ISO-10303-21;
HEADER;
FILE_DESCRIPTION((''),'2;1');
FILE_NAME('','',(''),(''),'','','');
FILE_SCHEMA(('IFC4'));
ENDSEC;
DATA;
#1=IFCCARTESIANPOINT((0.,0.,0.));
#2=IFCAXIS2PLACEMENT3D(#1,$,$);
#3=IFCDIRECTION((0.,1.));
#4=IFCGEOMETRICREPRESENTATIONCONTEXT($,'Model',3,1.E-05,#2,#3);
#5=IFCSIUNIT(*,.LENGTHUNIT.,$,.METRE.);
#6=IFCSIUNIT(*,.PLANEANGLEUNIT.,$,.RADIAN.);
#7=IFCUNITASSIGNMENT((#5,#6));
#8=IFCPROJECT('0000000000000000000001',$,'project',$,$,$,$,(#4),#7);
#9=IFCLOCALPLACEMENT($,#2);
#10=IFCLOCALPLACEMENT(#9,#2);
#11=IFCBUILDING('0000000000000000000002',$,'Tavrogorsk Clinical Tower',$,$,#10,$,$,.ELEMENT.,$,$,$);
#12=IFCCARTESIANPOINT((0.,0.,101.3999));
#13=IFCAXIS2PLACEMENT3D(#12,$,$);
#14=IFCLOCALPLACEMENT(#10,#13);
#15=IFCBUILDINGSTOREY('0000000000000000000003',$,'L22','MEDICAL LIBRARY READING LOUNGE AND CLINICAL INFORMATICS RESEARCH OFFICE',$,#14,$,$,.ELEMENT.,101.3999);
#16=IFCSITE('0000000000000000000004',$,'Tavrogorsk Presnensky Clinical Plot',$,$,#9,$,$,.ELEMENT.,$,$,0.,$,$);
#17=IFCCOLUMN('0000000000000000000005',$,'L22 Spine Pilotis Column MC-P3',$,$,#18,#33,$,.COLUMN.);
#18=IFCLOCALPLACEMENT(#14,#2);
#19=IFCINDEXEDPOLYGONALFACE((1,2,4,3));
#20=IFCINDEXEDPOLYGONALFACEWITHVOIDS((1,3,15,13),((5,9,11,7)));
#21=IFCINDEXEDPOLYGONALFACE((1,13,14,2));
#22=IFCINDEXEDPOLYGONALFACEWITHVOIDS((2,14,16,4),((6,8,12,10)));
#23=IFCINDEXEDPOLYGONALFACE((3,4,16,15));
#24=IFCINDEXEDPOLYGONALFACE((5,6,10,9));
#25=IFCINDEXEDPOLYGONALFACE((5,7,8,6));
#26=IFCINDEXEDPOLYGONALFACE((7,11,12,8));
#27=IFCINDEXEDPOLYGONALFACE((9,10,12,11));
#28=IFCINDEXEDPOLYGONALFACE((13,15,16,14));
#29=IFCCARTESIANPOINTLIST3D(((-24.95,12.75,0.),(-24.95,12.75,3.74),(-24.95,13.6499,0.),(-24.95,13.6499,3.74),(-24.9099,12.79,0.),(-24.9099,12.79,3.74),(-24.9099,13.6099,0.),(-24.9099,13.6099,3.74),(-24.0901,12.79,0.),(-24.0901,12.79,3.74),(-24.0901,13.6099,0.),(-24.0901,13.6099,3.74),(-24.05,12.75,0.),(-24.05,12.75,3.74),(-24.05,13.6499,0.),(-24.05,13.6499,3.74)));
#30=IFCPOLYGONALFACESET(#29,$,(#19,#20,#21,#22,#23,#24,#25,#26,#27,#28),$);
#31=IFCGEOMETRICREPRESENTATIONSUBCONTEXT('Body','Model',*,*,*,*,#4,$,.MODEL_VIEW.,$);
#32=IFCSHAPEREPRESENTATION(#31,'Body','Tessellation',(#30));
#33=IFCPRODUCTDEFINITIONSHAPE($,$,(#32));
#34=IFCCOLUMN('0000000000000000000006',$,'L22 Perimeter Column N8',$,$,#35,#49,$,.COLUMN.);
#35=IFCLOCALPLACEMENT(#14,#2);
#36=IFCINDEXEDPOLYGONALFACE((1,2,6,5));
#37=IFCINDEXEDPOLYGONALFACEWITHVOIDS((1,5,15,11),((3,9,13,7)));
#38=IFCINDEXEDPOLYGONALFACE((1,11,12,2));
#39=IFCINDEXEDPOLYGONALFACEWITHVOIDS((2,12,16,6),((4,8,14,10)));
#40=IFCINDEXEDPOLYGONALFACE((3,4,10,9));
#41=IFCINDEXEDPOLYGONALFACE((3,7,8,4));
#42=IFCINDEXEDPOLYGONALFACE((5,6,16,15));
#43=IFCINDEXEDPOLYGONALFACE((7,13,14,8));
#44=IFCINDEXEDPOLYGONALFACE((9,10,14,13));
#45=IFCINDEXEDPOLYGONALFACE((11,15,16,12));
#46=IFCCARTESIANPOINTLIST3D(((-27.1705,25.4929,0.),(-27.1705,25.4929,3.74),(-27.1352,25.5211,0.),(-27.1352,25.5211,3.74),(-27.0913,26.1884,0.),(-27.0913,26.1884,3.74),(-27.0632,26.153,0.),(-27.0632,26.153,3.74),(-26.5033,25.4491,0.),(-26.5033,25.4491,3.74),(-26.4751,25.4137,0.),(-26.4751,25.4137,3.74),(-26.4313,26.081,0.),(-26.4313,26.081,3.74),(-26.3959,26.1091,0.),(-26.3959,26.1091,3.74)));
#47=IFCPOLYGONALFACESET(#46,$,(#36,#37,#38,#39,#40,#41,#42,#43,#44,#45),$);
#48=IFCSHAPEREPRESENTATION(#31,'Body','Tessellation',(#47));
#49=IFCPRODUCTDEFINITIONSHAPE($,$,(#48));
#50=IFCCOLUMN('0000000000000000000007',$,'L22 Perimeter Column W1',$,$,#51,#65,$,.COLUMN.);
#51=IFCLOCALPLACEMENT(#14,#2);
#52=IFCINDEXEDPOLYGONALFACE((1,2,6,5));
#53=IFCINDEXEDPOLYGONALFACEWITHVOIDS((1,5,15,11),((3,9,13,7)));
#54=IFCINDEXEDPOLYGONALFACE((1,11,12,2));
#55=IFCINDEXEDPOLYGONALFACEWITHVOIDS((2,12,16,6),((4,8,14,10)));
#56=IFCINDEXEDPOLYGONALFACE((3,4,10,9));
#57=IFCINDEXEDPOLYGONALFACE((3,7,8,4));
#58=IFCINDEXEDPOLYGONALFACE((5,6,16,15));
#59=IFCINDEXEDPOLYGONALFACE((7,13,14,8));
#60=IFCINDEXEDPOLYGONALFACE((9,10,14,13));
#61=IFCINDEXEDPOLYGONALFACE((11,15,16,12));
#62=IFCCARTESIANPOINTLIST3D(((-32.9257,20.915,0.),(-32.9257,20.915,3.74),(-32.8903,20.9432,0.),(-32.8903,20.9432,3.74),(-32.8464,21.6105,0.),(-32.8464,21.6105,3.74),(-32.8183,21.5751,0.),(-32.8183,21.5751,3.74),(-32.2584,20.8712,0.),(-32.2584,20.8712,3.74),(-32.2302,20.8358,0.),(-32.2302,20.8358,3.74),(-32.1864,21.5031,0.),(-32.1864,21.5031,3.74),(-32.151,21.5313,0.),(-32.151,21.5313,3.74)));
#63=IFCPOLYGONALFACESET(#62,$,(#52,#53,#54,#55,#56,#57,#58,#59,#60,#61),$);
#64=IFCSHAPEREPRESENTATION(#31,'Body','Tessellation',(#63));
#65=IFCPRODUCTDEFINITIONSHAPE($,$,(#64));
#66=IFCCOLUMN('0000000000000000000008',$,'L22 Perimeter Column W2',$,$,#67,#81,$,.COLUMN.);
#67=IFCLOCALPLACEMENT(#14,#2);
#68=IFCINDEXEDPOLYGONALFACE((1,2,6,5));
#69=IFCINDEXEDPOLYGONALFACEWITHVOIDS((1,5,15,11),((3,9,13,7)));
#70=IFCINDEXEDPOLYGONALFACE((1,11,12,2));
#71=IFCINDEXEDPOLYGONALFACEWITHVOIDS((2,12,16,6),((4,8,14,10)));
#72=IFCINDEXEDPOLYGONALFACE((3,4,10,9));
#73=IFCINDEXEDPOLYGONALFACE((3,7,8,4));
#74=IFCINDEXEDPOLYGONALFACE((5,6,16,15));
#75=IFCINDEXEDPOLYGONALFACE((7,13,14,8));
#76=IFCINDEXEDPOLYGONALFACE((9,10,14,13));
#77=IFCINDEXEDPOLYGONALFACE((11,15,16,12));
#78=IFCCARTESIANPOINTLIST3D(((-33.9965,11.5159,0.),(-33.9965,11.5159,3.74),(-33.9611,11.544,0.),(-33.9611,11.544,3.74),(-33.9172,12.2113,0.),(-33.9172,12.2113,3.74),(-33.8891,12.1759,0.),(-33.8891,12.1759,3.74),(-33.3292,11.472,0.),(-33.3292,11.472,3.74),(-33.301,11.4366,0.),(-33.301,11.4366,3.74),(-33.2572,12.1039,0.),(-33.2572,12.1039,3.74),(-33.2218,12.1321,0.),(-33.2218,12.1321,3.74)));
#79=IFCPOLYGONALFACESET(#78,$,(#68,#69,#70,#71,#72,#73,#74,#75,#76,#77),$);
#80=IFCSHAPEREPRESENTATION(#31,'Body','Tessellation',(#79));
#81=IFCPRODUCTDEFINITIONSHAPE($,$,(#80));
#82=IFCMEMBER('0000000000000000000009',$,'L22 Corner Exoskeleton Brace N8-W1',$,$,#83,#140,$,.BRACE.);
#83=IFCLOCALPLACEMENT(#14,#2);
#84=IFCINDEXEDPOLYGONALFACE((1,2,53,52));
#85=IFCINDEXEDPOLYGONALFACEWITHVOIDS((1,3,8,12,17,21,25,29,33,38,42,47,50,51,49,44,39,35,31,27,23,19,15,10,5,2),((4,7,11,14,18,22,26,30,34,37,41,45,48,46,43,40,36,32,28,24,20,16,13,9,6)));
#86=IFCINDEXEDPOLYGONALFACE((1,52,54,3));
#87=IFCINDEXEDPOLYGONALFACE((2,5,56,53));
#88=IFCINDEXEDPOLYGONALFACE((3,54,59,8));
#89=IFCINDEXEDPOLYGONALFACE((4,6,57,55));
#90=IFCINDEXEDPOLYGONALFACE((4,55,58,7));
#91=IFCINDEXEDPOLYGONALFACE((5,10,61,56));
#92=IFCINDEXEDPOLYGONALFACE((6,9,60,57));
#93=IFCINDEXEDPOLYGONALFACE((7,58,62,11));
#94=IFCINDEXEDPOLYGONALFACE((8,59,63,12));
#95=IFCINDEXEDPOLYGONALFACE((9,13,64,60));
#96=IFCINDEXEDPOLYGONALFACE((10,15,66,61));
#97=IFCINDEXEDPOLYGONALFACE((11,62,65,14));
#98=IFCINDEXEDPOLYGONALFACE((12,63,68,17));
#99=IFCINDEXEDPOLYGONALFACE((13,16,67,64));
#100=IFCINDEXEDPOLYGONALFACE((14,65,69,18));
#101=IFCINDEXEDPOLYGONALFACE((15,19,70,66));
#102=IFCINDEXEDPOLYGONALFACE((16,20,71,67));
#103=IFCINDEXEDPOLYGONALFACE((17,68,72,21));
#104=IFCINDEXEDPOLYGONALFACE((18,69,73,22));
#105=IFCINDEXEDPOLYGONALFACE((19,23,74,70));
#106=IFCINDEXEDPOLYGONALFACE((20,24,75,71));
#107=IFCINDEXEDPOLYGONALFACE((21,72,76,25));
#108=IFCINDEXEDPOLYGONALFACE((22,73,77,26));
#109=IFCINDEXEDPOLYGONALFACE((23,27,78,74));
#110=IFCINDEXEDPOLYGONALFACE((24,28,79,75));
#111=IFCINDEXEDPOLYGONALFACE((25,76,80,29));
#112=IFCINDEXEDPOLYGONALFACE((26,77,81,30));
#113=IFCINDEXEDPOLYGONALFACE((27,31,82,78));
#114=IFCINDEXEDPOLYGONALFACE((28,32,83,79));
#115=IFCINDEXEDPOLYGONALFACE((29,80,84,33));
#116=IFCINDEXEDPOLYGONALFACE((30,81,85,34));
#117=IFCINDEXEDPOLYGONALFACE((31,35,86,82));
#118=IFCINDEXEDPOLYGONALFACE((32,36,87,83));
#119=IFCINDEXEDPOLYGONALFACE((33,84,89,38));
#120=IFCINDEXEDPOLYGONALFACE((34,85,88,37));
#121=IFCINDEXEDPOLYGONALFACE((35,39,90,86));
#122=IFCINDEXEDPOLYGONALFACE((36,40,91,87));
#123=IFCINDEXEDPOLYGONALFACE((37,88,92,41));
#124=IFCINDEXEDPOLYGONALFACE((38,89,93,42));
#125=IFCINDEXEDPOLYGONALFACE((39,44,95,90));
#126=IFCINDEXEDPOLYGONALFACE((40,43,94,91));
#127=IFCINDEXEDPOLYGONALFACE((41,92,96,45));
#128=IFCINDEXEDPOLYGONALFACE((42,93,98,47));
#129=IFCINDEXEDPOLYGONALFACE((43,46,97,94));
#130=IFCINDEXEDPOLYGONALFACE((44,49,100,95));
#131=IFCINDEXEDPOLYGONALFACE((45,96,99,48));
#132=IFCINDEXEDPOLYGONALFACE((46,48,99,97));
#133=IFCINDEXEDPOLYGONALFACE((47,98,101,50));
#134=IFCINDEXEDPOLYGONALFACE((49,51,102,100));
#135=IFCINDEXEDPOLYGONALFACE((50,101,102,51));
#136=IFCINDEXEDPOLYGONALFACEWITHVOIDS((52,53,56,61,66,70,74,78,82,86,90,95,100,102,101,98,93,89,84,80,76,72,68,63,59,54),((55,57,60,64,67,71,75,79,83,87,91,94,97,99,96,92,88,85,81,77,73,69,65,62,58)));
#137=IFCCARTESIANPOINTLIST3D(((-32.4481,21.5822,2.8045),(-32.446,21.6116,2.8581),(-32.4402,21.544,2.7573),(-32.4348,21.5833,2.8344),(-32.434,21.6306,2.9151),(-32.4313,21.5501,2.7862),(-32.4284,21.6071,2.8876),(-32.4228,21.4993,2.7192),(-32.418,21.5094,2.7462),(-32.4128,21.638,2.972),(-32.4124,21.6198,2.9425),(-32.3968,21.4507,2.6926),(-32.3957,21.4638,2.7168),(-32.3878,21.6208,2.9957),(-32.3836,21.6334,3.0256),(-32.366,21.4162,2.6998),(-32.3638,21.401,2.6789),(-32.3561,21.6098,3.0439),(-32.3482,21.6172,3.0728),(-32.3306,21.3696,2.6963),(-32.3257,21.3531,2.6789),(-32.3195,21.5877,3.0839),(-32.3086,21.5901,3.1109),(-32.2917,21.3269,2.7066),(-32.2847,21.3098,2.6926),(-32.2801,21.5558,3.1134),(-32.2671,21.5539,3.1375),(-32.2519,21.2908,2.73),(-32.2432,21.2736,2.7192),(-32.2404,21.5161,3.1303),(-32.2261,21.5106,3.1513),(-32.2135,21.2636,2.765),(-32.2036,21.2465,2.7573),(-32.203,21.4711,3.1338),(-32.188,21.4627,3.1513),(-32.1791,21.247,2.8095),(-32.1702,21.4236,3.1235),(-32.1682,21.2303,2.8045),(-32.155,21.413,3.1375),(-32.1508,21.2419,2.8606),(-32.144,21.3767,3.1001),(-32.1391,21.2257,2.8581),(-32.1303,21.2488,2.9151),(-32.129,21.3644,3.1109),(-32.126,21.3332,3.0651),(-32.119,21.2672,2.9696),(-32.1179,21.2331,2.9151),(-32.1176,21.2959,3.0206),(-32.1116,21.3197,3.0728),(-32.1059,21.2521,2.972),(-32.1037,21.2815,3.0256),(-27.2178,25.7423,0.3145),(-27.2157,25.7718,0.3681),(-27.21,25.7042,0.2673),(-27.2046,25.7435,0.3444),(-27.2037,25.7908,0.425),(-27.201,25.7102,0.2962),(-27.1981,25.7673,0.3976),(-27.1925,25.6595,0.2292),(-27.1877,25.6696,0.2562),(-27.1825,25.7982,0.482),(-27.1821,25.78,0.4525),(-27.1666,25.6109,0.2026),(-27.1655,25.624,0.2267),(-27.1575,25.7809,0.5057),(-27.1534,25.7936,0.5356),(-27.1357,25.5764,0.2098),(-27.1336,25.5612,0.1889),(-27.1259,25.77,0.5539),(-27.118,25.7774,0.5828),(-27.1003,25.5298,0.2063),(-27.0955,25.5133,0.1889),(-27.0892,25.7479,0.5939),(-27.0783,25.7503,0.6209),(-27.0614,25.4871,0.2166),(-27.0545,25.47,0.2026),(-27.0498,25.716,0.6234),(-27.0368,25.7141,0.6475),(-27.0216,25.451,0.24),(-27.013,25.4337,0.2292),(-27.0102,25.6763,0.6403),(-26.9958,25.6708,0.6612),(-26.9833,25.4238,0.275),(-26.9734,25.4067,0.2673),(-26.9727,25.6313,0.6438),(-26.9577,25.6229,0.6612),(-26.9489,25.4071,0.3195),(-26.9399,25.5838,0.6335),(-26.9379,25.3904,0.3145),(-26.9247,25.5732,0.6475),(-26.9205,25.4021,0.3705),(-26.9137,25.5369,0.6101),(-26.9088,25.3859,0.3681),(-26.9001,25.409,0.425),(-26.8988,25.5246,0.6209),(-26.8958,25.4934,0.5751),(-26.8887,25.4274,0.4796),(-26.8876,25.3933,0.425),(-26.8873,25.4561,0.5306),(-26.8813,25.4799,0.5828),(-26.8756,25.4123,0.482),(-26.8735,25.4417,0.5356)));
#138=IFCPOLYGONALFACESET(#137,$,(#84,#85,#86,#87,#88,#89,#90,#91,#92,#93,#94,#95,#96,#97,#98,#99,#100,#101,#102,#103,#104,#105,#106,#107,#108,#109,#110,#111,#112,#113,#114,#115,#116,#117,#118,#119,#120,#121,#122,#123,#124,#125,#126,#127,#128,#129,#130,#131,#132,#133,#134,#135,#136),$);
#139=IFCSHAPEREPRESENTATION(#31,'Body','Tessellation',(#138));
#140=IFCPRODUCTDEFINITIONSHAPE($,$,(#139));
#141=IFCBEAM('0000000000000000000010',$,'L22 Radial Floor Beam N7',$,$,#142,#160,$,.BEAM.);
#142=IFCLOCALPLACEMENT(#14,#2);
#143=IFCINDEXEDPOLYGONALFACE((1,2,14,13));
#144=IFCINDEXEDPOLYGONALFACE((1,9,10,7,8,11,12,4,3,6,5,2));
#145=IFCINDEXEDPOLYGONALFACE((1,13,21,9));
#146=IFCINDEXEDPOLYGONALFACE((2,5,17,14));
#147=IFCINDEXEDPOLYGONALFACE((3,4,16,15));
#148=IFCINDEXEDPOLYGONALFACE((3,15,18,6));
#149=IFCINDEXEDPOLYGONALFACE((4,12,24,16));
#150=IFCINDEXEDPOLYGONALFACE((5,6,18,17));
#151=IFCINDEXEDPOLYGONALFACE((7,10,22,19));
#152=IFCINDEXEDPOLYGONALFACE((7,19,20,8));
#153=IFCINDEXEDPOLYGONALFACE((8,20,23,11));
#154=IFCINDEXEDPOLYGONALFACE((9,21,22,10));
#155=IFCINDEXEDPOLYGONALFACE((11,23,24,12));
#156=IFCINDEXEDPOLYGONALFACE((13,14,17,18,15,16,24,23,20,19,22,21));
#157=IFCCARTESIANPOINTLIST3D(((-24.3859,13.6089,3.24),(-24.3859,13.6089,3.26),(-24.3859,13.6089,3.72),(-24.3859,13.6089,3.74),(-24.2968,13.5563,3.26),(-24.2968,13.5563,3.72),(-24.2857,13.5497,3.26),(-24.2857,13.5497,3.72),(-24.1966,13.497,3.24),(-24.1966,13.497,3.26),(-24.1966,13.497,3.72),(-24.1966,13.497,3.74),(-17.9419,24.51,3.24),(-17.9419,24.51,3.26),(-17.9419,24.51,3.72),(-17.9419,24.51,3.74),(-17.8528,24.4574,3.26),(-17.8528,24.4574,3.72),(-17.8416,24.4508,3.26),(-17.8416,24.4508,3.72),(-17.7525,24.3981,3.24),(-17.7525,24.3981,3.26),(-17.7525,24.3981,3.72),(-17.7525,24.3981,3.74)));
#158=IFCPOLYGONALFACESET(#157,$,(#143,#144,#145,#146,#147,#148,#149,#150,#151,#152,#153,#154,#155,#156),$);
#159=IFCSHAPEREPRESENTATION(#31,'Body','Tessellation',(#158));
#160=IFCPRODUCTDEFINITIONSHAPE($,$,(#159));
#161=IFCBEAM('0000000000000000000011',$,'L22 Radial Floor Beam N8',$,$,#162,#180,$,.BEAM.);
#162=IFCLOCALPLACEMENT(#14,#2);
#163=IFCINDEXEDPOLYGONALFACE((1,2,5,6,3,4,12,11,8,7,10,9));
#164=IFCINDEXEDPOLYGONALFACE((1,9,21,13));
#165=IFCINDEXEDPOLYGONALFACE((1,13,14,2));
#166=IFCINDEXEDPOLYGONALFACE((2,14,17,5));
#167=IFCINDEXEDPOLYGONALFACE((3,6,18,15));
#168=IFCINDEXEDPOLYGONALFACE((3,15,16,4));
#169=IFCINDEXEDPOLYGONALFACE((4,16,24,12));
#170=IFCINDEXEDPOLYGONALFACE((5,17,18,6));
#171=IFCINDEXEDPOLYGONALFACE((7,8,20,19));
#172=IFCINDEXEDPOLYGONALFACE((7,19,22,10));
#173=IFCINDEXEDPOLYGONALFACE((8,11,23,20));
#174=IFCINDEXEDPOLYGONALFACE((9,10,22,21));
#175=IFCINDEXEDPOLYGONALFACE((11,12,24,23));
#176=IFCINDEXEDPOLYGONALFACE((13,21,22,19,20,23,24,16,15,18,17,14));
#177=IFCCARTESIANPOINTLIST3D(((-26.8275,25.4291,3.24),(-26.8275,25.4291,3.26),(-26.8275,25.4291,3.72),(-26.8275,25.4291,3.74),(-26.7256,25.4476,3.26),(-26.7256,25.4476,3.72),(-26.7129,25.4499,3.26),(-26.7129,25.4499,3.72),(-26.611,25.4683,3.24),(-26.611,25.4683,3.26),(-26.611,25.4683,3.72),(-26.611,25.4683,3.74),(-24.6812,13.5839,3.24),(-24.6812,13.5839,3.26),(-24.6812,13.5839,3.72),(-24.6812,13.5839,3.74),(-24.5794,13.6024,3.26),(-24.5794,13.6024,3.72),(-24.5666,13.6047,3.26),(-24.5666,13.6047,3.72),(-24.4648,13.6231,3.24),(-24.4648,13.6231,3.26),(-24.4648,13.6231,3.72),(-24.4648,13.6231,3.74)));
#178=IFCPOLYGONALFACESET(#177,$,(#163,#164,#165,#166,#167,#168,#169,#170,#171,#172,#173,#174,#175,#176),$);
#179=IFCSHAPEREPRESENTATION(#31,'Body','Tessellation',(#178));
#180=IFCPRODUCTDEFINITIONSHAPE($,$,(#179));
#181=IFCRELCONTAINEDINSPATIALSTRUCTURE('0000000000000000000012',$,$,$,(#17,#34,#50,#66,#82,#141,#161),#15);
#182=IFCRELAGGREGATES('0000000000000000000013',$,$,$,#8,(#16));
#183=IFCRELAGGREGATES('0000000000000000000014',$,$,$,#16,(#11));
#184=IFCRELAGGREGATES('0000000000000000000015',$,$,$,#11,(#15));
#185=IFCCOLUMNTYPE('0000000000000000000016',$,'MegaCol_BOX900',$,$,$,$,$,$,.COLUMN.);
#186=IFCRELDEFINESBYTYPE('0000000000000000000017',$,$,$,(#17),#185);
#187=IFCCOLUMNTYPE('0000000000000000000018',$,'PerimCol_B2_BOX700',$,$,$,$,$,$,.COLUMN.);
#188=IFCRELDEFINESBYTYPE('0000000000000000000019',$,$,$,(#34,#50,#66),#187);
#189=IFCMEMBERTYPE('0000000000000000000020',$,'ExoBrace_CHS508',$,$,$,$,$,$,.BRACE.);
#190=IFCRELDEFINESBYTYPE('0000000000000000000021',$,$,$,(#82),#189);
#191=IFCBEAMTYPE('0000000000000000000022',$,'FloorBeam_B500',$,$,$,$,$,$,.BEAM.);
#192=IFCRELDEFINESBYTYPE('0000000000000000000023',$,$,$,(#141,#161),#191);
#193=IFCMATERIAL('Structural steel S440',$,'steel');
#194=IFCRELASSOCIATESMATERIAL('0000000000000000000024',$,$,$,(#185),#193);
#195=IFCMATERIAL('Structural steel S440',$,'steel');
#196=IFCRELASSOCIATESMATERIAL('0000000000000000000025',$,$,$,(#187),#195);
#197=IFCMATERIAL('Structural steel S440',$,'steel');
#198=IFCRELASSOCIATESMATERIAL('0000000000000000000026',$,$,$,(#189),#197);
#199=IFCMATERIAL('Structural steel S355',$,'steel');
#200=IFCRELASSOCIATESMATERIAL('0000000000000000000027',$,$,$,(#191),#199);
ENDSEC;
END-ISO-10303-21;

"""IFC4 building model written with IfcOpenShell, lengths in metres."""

from ifc_helpers import new_model, si_unit, direction, frame, origin, origin_2d, place, context, subcontext, project, spatial, hollow_rectangle, hollow_circle, i_section, extrude, material, material_profile, profile_set, type_object, element, save


model = new_model("IFC4")

# Units and contexts
model_context = context("Model", 3, precision=1e-05, world=origin(), true_north=direction((0.0, 1.0)))
body_context = subcontext(model_context, "Body", "Model", "MODEL_VIEW")
ifc_project = project(units=[si_unit("LENGTHUNIT", "METRE"), si_unit("PLANEANGLEUNIT", "RADIAN")], contexts=[model_context])

# Site, building, storey
site_placement = place(None, origin())
site = spatial("IfcSite", under=ifc_project, at=site_placement, Name="Tavrogorsk Presnensky Clinical Plot", CompositionType="ELEMENT", RefElevation=0.0)
building_placement = place(site_placement, origin())
building = spatial("IfcBuilding", under=site, at=building_placement, Name="Tavrogorsk Clinical Tower", CompositionType="ELEMENT")
storey_placement = place(building_placement, frame((0.0, 0.0, 101.3999)))
storey = spatial("IfcBuildingStorey", under=building, at=storey_placement, Name="L22", Description="MEDICAL LIBRARY READING LOUNGE AND CLINICAL INFORMATICS RESEARCH OFFICE", CompositionType="ELEMENT", Elevation=101.3999)

# Columns
ifc_material_1 = material(Name="Structural steel S440", Category="steel")
ifc_material_profile_1 = material_profile(ifc_material_1, hollow_rectangle(XDim=0.8999, YDim=0.8999, WallThickness=0.04, at=origin_2d()), Name="BOX-900x900x40")
ifc_profile_set_1 = profile_set([ifc_material_profile_1], Name="Structural steel S440")
column_type_1 = type_object("IfcColumnType", Name="MegaCol_BOX900", PredefinedType="COLUMN", material=ifc_profile_set_1)
column_placement = place(storey_placement, frame((-24.5, 13.2, 0.0), z_axis=(0.0, 0.0, 1.0), x_axis=(1.0, 0.0, 0.0)))
element("IfcColumn", 1, at=column_placement, inside=storey, type_object=column_type_1, Name="L22 Spine Pilotis Column MC-P3", PredefinedType="COLUMN", context=body_context, shape_type="SweptSolid", body=[
    extrude(hollow_rectangle(XDim=0.8999, YDim=0.8999, WallThickness=0.04, at=origin_2d()), origin(), (0.0, 0.0, 1.0), 3.74),
])
ifc_material_2 = material(Name="Structural steel S440", Category="steel")
ifc_material_profile_2 = material_profile(ifc_material_2, hollow_rectangle(XDim=0.7, YDim=0.7, WallThickness=0.032, at=origin_2d()), Name="BOX-700x700x32")
ifc_profile_set_2 = profile_set([ifc_material_profile_2], Name="Structural steel S440")
column_type_2 = type_object("IfcColumnType", Name="PerimCol_B2_BOX700", PredefinedType="COLUMN", material=ifc_profile_set_2)
for number, where, z_axis, x_axis, name in (
    (2, (-26.7832, 25.801, 0.0), (0.0, 0.0, 1.0), (0.993572, -0.113203, 0.0), "L22 Perimeter Column N8"),
    (3, (-32.5383, 21.2231, 0.0), (0.0, 0.0, 1.0), (0.993572, -0.113203, 0.0), "L22 Perimeter Column W1"),
    (4, (-33.6091, 11.824, 0.0), (0.0, 0.0, 1.0), (0.993572, -0.113203, 0.0), "L22 Perimeter Column W2"),
):
    element("IfcColumn", number, at=place(storey_placement, frame(where, z_axis=z_axis, x_axis=x_axis)), inside=storey, type_object=column_type_2, Name=name, PredefinedType="COLUMN", context=body_context, shape_type="SweptSolid", body=[
        extrude(hollow_rectangle(XDim=0.7, YDim=0.7, WallThickness=0.032, at=origin_2d()), origin(), (0.0, 0.0, 1.0), 3.74),
    ])

# Member
ifc_material_3 = material(Name="Structural steel S440", Category="steel")
ifc_material_profile_3 = material_profile(ifc_material_3, hollow_circle(Radius=0.2539, WallThickness=0.02, at=origin_2d()), Name="CHS-508x20")
ifc_profile_set_3 = profile_set([ifc_material_profile_3], Name="Structural steel S440")
member_type_1 = type_object("IfcMemberType", Name="ExoBrace_CHS508", PredefinedType="BRACE", material=ifc_profile_set_3)
member_1_placement = place(storey_placement, frame((-27.0457, 25.592, 0.425), z_axis=(-0.733369, -0.583327, 0.34914), x_axis=(0.622501, -0.782619, 0.0)))
element("IfcMember", 5, at=member_1_placement, inside=storey, type_object=member_type_1, Name="L22 Corner Exoskeleton Brace N8-W1", PredefinedType="BRACE", context=body_context, shape_type="SweptSolid", body=[
    extrude(hollow_circle(Radius=0.2539, WallThickness=0.02, at=origin_2d()), origin(), (0.0, 0.0, 1.0), 7.1318),
])

# Beams
ifc_material_4 = material(Name="Structural steel S355", Category="steel")
ifc_material_profile_4 = material_profile(ifc_material_4, i_section(OverallWidth=0.22, OverallDepth=0.5, WebThickness=0.0129, FlangeThickness=0.02, at=origin_2d()), Name="B-500x220x13x20")
ifc_profile_set_4 = profile_set([ifc_material_profile_4], Name="Structural steel S355")
beam_type_1 = type_object("IfcBeamType", Name="FloorBeam_B500", PredefinedType="BEAM", material=ifc_profile_set_4)
beam_1_placement = place(storey_placement, frame((-24.2913, 13.553, 3.49), z_axis=(0.508877, 0.860839, 0.0), x_axis=(-0.860839, 0.508877, 0.0)))
element("IfcBeam", 6, at=beam_1_placement, inside=storey, type_object=beam_type_1, Name="L22 Radial Floor Beam N7", PredefinedType="BEAM", context=body_context, shape_type="SweptSolid", body=[
    extrude(i_section(OverallWidth=0.22, OverallDepth=0.5, WebThickness=0.0129, FlangeThickness=0.02, at=origin_2d()), origin(), (0.0, 0.0, 1.0), 12.6633),
])
beam_2_placement = place(storey_placement, frame((-24.573, 13.6035, 3.49), z_axis=(-0.178288, 0.983978, 0.0), x_axis=(-0.983978, -0.178288, 0.0)))
element("IfcBeam", 7, at=beam_2_placement, inside=storey, type_object=beam_type_1, Name="L22 Radial Floor Beam N8", PredefinedType="BEAM", context=body_context, shape_type="SweptSolid", body=[
    extrude(i_section(OverallWidth=0.22, OverallDepth=0.5, WebThickness=0.0129, FlangeThickness=0.02, at=origin_2d()), origin(), (0.0, 0.0, 1.0), 12.0381),
])

save(model, "model.ifc")
